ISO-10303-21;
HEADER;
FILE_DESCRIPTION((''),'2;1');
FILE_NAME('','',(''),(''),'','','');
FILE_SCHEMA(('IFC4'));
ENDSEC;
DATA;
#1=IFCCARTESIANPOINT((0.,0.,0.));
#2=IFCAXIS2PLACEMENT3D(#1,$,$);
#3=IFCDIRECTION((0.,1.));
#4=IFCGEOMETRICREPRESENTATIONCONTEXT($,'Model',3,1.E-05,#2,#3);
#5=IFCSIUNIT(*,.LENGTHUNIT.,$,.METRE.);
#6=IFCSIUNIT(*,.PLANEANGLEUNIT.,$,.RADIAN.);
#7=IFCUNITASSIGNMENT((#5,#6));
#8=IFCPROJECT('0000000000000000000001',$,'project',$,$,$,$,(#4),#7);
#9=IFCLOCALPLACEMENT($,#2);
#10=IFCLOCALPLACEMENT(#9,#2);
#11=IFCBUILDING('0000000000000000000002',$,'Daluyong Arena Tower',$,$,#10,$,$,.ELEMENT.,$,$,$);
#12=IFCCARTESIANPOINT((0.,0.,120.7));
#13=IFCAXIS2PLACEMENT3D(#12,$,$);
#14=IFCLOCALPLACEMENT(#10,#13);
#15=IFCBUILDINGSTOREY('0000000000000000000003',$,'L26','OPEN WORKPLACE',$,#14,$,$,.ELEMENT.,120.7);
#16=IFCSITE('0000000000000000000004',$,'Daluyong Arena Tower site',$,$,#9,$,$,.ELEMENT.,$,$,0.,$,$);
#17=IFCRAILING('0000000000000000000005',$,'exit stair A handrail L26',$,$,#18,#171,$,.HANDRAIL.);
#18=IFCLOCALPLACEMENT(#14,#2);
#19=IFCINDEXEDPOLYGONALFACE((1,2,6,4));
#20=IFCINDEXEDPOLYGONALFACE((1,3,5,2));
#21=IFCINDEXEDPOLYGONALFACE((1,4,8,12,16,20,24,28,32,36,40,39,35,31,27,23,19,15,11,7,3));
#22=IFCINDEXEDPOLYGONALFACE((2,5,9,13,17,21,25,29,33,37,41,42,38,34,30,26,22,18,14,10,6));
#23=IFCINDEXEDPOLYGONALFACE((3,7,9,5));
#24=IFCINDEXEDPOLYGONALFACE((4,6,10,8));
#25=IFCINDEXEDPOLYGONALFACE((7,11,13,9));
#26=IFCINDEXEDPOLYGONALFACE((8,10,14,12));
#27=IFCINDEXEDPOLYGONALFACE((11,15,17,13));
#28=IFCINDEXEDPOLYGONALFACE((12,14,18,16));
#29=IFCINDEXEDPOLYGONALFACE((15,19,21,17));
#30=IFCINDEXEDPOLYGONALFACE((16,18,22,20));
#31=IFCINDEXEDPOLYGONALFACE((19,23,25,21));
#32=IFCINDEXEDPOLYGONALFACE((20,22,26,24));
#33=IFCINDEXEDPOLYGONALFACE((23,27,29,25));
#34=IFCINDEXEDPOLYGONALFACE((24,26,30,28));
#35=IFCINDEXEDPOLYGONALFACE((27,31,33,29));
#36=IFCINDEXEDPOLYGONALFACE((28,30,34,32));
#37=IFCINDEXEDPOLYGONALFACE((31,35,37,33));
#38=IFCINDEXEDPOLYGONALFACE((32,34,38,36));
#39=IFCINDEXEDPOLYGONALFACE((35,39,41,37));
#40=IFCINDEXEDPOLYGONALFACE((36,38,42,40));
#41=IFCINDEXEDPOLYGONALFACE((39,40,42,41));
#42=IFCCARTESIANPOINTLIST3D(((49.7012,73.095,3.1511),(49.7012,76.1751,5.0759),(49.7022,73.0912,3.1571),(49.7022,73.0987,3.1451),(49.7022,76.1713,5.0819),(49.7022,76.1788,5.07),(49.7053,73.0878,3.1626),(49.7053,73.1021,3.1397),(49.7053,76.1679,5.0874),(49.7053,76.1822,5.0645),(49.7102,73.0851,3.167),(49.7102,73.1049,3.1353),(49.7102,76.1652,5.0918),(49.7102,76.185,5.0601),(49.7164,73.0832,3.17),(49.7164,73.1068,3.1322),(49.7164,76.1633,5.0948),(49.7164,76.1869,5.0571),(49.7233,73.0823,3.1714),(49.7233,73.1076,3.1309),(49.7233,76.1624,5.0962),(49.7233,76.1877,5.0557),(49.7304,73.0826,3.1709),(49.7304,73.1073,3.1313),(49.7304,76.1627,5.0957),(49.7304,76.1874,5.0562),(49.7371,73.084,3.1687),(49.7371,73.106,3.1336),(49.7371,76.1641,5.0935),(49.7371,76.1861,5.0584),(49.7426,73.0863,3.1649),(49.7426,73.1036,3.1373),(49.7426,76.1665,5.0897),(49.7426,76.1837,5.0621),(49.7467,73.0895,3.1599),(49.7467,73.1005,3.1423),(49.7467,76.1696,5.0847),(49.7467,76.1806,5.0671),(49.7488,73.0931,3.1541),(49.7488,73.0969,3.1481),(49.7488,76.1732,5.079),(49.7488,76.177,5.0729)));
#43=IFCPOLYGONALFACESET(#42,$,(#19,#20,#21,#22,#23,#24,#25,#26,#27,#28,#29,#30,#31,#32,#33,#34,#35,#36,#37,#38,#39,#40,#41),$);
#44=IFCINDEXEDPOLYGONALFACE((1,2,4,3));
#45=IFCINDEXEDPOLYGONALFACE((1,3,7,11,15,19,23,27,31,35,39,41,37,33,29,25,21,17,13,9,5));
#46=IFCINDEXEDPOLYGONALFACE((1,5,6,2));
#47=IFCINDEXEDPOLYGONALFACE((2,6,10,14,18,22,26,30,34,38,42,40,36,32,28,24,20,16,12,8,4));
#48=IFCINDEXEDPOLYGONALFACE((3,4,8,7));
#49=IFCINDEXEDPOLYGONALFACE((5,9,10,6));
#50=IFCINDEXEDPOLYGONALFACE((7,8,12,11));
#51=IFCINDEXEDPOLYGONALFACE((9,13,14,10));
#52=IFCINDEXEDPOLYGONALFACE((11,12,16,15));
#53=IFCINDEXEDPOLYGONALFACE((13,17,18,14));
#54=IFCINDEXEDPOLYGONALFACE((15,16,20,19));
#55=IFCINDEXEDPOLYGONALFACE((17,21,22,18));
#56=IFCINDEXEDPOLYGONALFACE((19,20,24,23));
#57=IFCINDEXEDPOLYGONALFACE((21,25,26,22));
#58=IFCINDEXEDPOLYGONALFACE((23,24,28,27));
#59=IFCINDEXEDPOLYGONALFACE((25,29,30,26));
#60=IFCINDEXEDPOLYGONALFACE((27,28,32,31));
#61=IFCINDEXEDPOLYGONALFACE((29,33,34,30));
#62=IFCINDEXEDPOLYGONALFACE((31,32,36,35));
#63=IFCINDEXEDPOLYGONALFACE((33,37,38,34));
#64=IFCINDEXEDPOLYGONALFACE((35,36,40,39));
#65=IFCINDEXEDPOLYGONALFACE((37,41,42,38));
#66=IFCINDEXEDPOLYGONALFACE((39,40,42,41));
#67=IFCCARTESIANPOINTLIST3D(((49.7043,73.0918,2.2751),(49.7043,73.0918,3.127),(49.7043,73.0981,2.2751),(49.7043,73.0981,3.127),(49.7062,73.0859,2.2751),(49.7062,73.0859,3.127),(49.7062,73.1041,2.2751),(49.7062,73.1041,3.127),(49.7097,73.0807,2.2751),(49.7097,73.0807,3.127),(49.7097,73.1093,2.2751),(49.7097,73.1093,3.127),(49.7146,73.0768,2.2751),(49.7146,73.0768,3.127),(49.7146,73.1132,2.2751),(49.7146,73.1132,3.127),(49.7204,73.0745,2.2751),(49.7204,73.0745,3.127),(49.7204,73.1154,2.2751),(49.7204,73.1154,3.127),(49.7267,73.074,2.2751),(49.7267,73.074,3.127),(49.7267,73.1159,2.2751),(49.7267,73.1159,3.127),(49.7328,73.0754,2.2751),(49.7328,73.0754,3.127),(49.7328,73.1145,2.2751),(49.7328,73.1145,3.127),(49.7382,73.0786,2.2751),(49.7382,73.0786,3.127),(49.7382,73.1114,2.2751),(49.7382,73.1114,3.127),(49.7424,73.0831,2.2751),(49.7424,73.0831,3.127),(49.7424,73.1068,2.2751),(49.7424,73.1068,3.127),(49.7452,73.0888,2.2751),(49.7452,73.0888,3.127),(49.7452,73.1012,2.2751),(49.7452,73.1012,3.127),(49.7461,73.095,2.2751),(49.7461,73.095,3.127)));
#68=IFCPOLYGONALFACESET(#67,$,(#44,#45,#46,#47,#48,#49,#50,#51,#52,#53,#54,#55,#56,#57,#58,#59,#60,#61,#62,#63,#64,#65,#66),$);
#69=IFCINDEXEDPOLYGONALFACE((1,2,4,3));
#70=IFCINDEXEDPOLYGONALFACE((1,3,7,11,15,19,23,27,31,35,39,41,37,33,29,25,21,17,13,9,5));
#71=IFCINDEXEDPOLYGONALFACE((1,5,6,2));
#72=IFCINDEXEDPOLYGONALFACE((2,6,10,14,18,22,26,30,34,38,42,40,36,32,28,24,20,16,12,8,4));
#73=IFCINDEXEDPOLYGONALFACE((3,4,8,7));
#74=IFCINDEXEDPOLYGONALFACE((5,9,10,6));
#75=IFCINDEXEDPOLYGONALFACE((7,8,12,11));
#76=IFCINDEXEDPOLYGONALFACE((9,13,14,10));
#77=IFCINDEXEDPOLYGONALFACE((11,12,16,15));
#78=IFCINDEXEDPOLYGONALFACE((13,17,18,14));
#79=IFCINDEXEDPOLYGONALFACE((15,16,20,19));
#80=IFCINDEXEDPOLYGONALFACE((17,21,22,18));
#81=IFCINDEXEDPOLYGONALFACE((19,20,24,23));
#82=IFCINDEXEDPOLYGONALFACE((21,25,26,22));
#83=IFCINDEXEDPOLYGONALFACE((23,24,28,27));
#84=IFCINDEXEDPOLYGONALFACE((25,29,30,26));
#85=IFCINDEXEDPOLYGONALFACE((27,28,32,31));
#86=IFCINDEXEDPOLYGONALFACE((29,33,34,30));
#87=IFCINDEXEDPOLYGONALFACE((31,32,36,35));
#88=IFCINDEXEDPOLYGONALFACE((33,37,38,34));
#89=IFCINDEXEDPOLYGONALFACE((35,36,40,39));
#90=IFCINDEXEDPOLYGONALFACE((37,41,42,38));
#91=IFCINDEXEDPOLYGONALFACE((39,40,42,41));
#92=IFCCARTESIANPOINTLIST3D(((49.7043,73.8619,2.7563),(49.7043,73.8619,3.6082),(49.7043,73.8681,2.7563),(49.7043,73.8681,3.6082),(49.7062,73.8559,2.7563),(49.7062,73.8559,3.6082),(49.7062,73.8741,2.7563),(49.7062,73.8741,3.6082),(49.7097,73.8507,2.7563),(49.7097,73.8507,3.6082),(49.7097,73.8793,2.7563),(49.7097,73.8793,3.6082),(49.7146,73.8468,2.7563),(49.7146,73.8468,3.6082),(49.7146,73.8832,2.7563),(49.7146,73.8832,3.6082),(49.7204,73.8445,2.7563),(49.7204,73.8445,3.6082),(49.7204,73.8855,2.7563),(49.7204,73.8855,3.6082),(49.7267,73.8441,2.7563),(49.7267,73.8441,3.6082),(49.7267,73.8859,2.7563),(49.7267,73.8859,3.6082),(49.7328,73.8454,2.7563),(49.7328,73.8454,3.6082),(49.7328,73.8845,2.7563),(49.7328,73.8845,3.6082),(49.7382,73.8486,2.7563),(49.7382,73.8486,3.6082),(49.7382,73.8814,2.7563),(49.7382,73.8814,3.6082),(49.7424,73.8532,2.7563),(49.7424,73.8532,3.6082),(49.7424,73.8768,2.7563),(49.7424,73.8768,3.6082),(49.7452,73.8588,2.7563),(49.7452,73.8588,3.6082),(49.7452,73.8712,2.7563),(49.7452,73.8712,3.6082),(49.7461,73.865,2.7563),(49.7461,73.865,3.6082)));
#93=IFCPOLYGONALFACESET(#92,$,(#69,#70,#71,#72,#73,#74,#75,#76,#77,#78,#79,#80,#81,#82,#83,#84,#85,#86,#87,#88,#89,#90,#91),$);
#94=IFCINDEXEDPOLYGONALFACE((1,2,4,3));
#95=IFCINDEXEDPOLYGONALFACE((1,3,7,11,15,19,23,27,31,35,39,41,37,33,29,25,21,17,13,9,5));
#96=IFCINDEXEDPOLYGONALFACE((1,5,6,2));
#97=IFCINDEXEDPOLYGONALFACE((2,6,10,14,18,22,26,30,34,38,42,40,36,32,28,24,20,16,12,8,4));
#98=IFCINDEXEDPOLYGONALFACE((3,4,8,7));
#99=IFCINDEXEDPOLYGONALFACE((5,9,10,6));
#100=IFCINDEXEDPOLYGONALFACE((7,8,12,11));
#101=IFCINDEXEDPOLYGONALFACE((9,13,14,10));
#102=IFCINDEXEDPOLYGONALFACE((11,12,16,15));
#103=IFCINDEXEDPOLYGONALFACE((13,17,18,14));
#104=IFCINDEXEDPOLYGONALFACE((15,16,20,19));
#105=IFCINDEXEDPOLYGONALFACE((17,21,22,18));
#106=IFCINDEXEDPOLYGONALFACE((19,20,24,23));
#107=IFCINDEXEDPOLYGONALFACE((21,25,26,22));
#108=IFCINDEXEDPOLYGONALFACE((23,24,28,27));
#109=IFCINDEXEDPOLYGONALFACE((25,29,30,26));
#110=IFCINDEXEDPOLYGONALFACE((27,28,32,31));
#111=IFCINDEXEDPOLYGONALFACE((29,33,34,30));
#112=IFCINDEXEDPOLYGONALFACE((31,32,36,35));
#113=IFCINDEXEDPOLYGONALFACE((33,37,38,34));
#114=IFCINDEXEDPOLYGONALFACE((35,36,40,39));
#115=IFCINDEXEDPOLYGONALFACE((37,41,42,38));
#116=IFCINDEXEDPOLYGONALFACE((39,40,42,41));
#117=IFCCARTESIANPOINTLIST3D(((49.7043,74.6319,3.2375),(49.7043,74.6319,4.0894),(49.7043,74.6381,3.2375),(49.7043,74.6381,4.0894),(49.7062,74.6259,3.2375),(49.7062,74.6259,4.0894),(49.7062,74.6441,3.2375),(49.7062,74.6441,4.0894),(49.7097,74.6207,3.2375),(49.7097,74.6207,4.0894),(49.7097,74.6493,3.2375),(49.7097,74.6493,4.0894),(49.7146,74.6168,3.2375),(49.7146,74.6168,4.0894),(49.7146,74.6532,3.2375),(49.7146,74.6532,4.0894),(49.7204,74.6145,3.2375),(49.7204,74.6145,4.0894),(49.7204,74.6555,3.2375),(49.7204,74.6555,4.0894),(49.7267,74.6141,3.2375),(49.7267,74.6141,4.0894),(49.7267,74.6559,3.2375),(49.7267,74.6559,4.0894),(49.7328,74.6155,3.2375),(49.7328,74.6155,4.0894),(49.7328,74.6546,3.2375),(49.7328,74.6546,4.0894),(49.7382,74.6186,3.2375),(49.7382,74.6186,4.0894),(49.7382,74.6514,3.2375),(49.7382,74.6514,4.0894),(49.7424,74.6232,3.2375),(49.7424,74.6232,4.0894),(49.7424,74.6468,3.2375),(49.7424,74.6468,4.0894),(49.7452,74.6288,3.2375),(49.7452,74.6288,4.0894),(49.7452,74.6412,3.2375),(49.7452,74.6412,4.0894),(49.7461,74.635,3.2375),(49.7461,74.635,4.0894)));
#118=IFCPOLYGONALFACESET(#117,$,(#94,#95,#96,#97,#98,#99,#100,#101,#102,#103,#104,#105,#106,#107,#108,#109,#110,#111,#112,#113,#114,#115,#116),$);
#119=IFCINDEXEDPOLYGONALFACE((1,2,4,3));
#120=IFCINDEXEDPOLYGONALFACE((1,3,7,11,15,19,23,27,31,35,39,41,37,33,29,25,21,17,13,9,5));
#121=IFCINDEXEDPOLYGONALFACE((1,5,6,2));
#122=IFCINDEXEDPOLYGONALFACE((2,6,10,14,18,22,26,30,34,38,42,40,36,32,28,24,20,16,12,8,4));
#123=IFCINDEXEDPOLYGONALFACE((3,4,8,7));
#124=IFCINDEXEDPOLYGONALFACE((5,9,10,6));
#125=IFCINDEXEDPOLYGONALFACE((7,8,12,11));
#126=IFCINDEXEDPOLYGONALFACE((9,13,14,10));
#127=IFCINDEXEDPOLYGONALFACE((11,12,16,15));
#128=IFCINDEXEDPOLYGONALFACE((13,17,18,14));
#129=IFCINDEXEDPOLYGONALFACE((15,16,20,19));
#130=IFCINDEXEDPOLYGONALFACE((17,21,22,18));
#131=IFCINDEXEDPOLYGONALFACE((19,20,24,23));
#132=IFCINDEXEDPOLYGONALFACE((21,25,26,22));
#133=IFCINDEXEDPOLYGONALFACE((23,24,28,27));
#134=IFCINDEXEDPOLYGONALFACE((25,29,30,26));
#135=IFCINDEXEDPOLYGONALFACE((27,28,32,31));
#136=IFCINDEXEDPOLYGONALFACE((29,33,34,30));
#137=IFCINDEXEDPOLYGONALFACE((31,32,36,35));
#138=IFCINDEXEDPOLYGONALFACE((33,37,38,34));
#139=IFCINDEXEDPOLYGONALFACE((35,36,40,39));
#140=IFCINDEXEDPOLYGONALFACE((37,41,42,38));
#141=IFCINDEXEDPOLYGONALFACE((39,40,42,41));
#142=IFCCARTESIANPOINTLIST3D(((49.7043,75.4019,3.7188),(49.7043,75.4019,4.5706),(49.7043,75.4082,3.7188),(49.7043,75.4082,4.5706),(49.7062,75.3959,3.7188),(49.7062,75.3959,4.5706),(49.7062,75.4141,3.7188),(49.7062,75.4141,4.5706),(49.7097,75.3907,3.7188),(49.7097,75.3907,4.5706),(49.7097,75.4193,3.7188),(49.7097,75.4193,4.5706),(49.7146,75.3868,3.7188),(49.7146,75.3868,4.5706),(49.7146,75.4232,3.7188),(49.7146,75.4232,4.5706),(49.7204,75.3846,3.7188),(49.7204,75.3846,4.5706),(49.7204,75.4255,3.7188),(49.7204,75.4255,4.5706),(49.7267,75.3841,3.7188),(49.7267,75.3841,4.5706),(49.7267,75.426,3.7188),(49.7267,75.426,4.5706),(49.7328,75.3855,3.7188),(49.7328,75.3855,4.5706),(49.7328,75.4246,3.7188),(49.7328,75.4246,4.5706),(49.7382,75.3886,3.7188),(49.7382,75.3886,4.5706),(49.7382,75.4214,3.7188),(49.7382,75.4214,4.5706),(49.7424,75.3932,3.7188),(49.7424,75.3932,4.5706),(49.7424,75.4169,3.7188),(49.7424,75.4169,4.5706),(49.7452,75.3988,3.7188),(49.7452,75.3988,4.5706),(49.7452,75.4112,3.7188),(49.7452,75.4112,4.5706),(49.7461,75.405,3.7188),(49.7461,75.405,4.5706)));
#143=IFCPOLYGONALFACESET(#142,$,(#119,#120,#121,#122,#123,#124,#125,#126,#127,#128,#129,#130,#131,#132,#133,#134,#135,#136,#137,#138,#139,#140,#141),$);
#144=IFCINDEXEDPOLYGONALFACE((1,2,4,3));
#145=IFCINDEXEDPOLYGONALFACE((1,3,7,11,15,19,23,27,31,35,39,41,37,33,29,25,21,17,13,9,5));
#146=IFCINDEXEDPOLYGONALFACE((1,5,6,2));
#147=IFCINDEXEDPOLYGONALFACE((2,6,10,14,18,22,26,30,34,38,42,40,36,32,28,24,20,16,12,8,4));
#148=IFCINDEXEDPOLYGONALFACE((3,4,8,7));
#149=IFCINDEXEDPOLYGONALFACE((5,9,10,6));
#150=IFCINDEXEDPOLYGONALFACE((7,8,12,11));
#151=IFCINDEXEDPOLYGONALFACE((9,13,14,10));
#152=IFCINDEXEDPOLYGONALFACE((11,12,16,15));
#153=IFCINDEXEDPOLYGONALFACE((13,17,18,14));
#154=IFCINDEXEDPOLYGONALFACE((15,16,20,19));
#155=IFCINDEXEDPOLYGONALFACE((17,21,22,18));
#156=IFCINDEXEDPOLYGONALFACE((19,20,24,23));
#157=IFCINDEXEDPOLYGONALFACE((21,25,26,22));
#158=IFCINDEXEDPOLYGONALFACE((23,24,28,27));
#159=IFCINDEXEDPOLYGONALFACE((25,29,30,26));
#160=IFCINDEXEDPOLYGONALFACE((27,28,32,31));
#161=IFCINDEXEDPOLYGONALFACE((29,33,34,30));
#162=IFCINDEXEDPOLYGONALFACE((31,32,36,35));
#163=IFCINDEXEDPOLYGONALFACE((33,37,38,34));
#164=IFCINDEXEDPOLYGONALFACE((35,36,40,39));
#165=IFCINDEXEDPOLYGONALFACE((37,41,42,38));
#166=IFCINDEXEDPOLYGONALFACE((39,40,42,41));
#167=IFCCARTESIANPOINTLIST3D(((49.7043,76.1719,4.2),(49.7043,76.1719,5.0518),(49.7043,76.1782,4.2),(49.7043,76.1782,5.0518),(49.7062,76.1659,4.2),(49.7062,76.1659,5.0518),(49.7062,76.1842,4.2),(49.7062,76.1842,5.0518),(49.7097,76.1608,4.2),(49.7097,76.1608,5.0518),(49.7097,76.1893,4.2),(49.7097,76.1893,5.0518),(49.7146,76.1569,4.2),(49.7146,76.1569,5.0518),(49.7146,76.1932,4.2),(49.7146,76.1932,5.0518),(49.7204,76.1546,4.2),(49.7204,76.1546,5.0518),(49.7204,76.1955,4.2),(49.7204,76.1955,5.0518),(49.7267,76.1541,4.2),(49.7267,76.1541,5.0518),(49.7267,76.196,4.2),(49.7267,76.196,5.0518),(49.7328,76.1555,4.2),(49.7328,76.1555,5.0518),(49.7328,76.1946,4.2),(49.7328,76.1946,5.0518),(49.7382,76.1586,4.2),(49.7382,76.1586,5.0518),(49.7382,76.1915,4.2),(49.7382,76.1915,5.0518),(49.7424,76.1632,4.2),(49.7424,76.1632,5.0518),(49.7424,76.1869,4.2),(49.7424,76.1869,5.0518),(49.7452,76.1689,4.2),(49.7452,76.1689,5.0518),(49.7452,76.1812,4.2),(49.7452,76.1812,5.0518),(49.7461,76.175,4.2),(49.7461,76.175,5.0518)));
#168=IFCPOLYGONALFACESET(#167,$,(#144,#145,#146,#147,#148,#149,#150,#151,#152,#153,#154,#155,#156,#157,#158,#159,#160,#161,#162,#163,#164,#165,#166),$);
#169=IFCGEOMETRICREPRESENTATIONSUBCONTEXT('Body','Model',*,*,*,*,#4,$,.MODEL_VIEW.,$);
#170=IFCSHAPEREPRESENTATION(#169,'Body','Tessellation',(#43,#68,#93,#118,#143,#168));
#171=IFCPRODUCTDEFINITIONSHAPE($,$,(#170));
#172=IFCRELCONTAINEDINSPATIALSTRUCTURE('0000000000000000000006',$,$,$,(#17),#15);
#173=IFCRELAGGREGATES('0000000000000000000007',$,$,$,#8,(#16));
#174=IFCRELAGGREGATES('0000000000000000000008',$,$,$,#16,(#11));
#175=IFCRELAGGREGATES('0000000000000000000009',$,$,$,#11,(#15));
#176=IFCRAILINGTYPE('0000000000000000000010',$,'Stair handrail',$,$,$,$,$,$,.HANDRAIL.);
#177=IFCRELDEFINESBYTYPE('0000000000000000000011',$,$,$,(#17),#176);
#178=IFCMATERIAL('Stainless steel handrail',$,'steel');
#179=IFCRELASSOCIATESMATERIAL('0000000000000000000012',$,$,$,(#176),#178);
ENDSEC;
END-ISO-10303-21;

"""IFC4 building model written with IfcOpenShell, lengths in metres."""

from ifc_helpers import new_model, si_unit, direction, frame, origin, origin_2d, place, context, subcontext, project, spatial, circle, extrude, material, type_object, element, save


model = new_model("IFC4")

# Units and contexts
model_context = context("Model", 3, precision=1e-05, world=origin(), true_north=direction((0.0, 1.0)))
body_context = subcontext(model_context, "Body", "Model", "MODEL_VIEW")
ifc_project = project(units=[si_unit("LENGTHUNIT", "METRE"), si_unit("PLANEANGLEUNIT", "RADIAN")], contexts=[model_context])

# Site, building, storey
site_placement = place(None, origin())
site = spatial("IfcSite", under=ifc_project, at=site_placement, Name="Daluyong Arena Tower site", CompositionType="ELEMENT", RefElevation=0.0)
building_placement = place(site_placement, origin())
building = spatial("IfcBuilding", under=site, at=building_placement, Name="Daluyong Arena Tower", CompositionType="ELEMENT")
storey_placement = place(building_placement, frame((0.0, 0.0, 120.7)))
storey = spatial("IfcBuildingStorey", under=building, at=storey_placement, Name="L26", Description="OPEN WORKPLACE", CompositionType="ELEMENT", Elevation=120.7)

# Railing
ifc_material_1 = material(Name="Stainless steel handrail", Category="steel")
railing_type_1 = type_object("IfcRailingType", Name="Stair handrail", PredefinedType="HANDRAIL", material=ifc_material_1)
railing_1_placement = place(storey_placement, frame((49.7251, 73.095, 2.2751)))
element("IfcRailing", 1, at=railing_1_placement, inside=storey, type_object=railing_type_1, Name="exit stair A handrail L26", PredefinedType="HANDRAIL", context=body_context, shape_type="SweptSolid", body=[
    extrude(circle(Radius=0.0239, at=origin_2d()), frame((0.0, 0.0, 0.876), z_axis=(0.0, 0.848029, 0.529951), x_axis=(-1.0, 0.0, 0.0)), (0.0, 0.0, 1.0), 3.6321),
    extrude(circle(Radius=0.021, at=origin_2d()), origin(), (0.0, 0.0, 1.0), 0.8518),
    extrude(circle(Radius=0.021, at=origin_2d()), frame((0.0, 0.77, 0.4812)), (0.0, 0.0, 1.0), 0.8518),
    extrude(circle(Radius=0.021, at=origin_2d()), frame((0.0, 1.54, 0.9624)), (0.0, 0.0, 1.0), 0.8518),
    extrude(circle(Radius=0.021, at=origin_2d()), frame((0.0, 2.3101, 1.4436)), (0.0, 0.0, 1.0), 0.8518),
    extrude(circle(Radius=0.021, at=origin_2d()), frame((0.0, 3.0801, 1.9248)), (0.0, 0.0, 1.0), 0.8518),
])

save(model, "model.ifc")
